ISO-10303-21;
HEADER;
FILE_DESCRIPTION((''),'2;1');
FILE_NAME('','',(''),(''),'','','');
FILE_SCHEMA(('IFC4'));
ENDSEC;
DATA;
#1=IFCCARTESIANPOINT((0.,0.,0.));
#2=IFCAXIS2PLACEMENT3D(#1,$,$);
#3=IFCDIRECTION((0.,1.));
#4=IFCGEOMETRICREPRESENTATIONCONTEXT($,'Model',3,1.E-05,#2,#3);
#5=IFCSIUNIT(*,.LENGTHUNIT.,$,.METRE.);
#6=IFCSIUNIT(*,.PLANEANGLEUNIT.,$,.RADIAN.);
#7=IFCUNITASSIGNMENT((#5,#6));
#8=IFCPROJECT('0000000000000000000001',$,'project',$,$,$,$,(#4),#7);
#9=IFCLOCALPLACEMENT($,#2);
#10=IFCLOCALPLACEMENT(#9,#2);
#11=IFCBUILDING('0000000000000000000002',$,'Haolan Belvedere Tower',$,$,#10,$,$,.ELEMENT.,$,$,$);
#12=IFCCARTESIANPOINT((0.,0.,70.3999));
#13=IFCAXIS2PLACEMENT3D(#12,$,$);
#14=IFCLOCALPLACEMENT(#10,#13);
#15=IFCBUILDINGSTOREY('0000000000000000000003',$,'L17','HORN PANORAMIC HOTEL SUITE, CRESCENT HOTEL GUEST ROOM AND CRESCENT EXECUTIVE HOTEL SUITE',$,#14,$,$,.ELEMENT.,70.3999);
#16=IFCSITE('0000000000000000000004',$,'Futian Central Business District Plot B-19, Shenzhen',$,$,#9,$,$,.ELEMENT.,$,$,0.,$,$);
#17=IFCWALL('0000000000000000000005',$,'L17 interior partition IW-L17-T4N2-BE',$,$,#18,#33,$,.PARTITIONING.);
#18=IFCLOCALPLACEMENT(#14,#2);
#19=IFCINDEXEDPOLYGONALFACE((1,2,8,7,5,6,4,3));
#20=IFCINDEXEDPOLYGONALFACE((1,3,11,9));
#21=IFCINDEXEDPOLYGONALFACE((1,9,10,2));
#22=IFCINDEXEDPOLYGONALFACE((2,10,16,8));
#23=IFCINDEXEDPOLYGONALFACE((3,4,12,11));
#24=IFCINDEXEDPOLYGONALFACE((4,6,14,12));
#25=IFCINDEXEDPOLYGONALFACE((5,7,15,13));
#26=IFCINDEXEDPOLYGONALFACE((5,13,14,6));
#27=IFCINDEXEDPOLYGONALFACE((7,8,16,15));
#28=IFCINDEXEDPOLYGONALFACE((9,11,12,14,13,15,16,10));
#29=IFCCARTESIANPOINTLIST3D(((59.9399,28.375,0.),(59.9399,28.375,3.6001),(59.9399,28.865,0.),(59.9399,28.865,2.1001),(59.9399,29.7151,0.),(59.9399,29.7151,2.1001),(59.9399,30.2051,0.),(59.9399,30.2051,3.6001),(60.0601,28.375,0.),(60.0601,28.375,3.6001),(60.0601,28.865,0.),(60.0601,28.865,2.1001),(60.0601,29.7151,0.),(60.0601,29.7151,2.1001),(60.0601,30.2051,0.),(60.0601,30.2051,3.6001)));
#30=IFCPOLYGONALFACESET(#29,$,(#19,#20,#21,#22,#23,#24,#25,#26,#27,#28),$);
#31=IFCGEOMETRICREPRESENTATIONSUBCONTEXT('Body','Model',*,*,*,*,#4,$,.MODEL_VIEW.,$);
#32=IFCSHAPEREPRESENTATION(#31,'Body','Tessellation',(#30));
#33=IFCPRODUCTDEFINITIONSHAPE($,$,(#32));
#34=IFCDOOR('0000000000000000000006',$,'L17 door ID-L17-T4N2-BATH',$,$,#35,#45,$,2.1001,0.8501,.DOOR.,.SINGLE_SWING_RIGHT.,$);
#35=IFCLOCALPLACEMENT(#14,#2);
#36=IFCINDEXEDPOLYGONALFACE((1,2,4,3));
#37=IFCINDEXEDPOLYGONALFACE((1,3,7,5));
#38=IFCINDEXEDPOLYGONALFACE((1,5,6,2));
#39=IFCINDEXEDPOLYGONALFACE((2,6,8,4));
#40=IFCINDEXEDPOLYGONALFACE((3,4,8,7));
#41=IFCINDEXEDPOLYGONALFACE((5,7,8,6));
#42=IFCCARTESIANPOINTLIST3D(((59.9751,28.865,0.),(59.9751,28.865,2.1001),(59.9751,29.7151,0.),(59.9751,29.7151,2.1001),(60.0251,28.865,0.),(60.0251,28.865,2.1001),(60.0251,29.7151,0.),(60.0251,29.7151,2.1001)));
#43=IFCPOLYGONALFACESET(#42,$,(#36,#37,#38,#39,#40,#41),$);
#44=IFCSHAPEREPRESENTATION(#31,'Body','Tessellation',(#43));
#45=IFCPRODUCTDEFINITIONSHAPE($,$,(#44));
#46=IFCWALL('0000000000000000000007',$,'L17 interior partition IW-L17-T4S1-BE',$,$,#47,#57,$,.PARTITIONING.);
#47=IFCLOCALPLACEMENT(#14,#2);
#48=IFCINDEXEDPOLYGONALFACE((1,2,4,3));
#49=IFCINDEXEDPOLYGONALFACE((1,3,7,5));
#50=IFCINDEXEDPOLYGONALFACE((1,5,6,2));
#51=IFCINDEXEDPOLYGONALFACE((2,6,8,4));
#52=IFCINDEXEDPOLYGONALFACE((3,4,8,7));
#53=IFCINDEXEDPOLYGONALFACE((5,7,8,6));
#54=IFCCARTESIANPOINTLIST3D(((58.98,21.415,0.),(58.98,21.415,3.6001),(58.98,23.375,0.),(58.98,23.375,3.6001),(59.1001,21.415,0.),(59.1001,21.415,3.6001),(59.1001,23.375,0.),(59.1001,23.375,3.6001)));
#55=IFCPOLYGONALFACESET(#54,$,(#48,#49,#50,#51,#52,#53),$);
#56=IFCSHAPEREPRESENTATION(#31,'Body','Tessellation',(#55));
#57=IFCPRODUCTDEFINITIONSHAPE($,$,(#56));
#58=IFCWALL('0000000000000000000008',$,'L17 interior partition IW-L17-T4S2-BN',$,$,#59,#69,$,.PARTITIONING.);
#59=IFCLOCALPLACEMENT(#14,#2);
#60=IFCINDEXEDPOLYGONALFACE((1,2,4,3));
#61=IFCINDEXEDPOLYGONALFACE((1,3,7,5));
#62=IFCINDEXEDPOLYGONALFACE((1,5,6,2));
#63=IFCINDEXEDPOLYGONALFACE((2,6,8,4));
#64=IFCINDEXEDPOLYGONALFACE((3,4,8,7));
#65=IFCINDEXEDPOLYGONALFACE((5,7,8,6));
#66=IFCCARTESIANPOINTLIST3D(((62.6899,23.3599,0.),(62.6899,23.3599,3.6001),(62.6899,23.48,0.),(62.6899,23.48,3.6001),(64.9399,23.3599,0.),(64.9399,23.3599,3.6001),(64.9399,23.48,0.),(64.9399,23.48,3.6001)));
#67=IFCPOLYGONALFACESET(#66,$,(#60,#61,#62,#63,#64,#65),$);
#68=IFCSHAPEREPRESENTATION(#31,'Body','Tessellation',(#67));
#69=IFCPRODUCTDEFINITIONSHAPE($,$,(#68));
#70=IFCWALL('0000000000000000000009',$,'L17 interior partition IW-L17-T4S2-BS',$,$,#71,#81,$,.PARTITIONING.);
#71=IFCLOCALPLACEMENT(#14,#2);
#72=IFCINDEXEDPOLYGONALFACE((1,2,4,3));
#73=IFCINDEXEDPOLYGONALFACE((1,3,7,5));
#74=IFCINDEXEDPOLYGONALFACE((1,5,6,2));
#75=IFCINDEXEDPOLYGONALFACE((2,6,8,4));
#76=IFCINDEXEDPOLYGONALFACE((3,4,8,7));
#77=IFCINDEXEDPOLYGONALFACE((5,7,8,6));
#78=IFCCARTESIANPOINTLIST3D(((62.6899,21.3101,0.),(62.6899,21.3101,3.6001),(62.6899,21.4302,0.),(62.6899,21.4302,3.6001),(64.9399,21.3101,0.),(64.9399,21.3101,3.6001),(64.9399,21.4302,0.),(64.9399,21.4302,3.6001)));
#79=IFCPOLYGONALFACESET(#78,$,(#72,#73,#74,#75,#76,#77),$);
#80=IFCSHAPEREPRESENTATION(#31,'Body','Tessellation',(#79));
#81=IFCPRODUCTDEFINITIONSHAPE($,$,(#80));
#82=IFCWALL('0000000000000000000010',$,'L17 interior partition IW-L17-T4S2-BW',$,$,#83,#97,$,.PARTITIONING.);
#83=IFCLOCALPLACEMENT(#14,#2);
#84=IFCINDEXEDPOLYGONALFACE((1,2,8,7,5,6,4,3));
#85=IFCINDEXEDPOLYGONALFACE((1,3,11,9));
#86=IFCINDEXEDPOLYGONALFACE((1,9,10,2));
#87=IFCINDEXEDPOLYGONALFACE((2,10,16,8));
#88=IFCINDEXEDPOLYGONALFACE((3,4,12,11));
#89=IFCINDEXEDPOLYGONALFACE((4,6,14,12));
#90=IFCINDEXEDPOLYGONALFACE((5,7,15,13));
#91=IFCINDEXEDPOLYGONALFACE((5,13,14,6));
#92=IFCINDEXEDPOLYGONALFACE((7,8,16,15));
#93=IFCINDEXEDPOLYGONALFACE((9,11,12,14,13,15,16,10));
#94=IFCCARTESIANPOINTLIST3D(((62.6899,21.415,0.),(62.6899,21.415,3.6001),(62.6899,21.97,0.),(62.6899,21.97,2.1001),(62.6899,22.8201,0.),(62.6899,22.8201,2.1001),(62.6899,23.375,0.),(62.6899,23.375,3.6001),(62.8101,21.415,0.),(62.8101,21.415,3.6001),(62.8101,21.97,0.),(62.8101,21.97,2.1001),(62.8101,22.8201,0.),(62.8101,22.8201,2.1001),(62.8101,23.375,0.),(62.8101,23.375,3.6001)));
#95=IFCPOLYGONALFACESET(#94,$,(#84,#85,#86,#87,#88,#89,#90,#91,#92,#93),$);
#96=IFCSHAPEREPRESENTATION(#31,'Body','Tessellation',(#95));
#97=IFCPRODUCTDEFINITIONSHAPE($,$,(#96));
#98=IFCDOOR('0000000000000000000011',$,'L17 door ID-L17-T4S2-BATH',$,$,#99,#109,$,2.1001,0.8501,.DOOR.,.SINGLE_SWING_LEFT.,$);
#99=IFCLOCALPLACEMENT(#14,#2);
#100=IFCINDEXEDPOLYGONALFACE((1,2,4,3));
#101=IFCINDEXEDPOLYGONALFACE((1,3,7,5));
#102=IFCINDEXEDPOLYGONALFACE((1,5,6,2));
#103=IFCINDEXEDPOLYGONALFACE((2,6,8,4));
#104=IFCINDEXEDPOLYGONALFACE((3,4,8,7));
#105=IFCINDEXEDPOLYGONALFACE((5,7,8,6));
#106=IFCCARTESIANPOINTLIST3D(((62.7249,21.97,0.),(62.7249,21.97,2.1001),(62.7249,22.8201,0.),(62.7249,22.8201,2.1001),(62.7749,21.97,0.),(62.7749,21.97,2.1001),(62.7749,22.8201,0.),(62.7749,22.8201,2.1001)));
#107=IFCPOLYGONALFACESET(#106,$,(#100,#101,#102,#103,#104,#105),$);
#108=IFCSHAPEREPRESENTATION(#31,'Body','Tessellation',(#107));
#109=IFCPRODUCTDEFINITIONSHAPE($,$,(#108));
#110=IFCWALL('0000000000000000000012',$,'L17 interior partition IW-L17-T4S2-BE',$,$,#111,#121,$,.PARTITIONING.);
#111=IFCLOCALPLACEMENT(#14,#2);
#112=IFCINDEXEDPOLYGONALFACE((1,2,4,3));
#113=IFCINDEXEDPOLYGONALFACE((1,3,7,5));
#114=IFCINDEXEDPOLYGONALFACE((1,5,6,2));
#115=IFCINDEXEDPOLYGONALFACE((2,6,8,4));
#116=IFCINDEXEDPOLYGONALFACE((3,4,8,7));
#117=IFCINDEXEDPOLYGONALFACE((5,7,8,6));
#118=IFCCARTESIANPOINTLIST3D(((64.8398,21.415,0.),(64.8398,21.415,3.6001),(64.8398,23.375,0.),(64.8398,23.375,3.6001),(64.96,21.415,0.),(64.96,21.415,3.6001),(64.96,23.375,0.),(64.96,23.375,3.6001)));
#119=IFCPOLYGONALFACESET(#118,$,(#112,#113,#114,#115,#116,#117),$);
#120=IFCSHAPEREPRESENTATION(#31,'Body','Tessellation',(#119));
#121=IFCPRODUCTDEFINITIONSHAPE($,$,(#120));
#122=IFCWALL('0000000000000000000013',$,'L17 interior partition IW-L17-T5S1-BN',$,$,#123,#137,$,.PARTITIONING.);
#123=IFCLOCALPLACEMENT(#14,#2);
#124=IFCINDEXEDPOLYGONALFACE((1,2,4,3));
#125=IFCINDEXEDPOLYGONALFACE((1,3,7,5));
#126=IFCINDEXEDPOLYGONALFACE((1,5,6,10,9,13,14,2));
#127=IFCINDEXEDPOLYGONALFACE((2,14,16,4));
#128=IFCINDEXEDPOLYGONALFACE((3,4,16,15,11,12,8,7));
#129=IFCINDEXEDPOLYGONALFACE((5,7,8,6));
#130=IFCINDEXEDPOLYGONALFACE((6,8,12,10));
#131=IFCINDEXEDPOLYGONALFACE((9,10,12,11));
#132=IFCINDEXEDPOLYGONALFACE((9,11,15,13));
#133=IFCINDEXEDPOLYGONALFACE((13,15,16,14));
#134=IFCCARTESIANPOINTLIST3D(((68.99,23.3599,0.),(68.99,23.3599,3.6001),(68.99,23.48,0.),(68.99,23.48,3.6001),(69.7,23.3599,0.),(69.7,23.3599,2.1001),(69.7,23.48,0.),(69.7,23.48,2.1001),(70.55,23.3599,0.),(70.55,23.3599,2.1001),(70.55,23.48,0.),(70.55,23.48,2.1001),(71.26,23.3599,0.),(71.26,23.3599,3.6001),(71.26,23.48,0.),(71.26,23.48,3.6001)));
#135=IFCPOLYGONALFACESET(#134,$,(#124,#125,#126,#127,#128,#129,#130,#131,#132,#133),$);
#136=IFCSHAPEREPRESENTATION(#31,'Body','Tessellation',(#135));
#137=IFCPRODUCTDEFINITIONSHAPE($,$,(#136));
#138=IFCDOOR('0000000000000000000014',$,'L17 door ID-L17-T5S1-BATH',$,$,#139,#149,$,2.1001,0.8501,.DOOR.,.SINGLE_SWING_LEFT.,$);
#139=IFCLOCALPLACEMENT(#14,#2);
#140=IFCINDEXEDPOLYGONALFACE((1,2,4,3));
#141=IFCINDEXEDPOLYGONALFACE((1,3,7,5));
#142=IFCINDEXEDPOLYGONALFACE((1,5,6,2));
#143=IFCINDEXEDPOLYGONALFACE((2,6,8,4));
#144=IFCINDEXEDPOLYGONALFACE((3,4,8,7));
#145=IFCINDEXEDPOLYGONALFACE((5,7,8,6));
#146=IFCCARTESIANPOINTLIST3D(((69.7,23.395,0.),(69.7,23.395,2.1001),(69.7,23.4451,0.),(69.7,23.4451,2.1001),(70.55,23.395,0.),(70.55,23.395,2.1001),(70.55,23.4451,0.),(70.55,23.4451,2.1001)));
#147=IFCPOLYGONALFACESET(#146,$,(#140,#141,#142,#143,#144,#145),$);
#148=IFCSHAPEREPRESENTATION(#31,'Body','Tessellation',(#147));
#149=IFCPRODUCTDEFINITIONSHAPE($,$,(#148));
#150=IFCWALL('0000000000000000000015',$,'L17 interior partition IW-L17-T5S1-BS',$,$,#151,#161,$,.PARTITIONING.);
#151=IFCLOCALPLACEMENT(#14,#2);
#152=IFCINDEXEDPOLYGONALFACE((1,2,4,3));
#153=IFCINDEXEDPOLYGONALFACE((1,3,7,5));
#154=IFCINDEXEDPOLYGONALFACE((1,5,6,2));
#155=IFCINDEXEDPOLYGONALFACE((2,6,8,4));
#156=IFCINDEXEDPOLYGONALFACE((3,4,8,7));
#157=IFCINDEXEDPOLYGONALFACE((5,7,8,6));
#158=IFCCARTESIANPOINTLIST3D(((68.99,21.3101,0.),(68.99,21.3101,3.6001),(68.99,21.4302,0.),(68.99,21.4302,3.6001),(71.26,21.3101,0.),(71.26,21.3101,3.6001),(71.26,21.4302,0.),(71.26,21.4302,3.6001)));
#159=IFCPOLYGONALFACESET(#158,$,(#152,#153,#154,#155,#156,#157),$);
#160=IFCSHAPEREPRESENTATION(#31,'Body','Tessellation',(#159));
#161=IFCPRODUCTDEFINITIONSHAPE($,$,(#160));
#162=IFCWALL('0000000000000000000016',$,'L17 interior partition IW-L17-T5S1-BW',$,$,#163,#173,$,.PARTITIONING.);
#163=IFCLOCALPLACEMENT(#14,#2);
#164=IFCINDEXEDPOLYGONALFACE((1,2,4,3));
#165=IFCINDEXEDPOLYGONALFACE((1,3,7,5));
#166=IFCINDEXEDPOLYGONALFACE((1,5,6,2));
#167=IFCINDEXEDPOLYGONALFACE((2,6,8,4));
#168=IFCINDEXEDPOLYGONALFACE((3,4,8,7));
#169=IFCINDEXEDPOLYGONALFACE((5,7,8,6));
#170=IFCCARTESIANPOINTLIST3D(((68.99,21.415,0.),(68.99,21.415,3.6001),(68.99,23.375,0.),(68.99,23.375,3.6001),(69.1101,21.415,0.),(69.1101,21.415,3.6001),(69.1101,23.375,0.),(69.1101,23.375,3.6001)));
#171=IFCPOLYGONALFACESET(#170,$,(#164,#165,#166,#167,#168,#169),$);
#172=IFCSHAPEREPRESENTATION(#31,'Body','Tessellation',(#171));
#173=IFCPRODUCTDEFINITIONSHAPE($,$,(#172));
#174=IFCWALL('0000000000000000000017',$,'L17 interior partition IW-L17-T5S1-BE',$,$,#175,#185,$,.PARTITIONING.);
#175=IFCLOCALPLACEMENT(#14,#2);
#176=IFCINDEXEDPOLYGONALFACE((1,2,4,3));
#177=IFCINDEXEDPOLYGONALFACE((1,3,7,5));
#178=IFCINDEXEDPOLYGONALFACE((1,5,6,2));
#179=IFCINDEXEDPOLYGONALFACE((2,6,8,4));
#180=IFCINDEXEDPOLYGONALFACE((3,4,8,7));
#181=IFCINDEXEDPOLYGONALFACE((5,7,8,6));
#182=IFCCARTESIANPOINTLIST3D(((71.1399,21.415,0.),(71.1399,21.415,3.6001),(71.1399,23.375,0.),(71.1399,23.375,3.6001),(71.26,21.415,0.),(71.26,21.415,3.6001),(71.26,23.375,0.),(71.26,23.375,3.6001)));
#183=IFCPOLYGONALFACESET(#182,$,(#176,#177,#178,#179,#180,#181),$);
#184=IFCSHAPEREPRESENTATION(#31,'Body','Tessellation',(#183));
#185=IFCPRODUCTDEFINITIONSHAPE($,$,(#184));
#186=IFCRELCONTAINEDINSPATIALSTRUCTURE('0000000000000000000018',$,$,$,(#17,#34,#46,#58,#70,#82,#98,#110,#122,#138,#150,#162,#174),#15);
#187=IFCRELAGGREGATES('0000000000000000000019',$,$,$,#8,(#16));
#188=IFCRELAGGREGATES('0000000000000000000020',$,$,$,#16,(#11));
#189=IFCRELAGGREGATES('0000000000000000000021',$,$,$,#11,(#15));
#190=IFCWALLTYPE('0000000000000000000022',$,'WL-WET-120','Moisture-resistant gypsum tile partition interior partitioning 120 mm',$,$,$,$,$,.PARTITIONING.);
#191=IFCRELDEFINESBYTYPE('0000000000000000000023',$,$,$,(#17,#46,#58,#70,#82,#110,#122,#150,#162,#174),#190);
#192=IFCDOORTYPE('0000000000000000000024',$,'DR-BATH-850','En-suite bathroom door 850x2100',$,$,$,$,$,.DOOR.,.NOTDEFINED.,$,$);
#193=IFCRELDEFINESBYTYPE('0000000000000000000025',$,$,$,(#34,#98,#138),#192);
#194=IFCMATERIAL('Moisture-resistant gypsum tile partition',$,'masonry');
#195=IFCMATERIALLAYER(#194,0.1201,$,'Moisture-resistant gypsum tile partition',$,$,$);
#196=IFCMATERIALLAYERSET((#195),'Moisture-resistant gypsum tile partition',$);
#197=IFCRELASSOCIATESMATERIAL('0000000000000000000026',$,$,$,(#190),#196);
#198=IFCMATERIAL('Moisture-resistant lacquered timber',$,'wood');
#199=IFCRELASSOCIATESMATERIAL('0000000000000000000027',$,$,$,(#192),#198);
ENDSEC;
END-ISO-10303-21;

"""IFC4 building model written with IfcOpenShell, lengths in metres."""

from ifc_helpers import new_model, si_unit, direction, frame, frame_2d, origin, place, context, subcontext, project, spatial, rectangle, extrude, material, layer, layer_set, type_object, element, fill, save


model = new_model("IFC4")

# Units and contexts
model_context = context("Model", 3, precision=1e-05, world=origin(), true_north=direction((0.0, 1.0)))
body_context = subcontext(model_context, "Body", "Model", "MODEL_VIEW")
ifc_project = project(units=[si_unit("LENGTHUNIT", "METRE"), si_unit("PLANEANGLEUNIT", "RADIAN")], contexts=[model_context])

# Site, building, storey
site_placement = place(None, origin())
site = spatial("IfcSite", under=ifc_project, at=site_placement, Name="Futian Central Business District Plot B-19, Shenzhen", CompositionType="ELEMENT", RefElevation=0.0)
building_placement = place(site_placement, origin())
building = spatial("IfcBuilding", under=site, at=building_placement, Name="Haolan Belvedere Tower", CompositionType="ELEMENT")
storey_placement = place(building_placement, frame((0.0, 0.0, 70.3999)))
storey = spatial("IfcBuildingStorey", under=building, at=storey_placement, Name="L17", Description="HORN PANORAMIC HOTEL SUITE, CRESCENT HOTEL GUEST ROOM AND CRESCENT EXECUTIVE HOTEL SUITE", CompositionType="ELEMENT", Elevation=70.3999)

# Wall, opening, door
ifc_material_1 = material(Name="Moisture-resistant gypsum tile partition", Category="masonry")
ifc_layer_1 = layer(ifc_material_1, 0.1201, Name="Moisture-resistant gypsum tile partition")
ifc_layer_set_1 = layer_set([ifc_layer_1], Name="Moisture-resistant gypsum tile partition")
wall_type_1 = type_object("IfcWallType", Name="WL-WET-120", Description="Moisture-resistant gypsum tile partition interior partitioning 120 mm", PredefinedType="PARTITIONING", material=ifc_layer_set_1)
wall_1_placement = place(storey_placement, frame((60.0, 28.375, 0.0), z_axis=(0.0, 0.0, 1.0), x_axis=(0.0, 1.0, 0.0)))
wall_1 = element("IfcWall", 1, at=wall_1_placement, inside=storey, type_object=wall_type_1, Name="L17 interior partition IW-L17-T4N2-BE", PredefinedType="PARTITIONING", context=body_context, shape_type="SweptSolid", body=[
    extrude(rectangle(XDim=1.8301, YDim=0.1201, at=frame_2d((0.915, 0.0))), origin(), (0.0, 0.0, 1.0), 3.6001),
])
opening_1_placement = place(wall_1_placement, frame((0.49, 0.0, 0.0)))
opening_1 = element("IfcOpeningElement", 2, at=opening_1_placement, cuts=wall_1, PredefinedType="OPENING", context=body_context, shape_type="SweptSolid", body=[
    extrude(rectangle(XDim=0.8501, YDim=2.1001, at=frame_2d((0.425, 1.05))), frame((0.0, 0.0701, 0.0), z_axis=(0.0, -1.0, 0.0), x_axis=(1.0, 0.0, 0.0)), (0.0, 0.0, 1.0), 0.1401),
])
ifc_material_2 = material(Name="Moisture-resistant lacquered timber", Category="wood")
door_type_1 = type_object("IfcDoorType", Name="DR-BATH-850", Description="En-suite bathroom door 850x2100", OperationType="NOTDEFINED", PredefinedType="DOOR", material=ifc_material_2)
door_1_placement = place(opening_1_placement, origin())
door_1 = element("IfcDoor", 3, at=door_1_placement, inside=storey, type_object=door_type_1, Name="L17 door ID-L17-T4N2-BATH", OperationType="SINGLE_SWING_RIGHT", OverallHeight=2.1001, OverallWidth=0.8501, PredefinedType="DOOR", context=body_context, shape_type="SweptSolid", body=[
    extrude(rectangle(XDim=0.8501, YDim=2.1001, at=frame_2d((0.425, 1.05))), frame((0.0, 0.0249, 0.0), z_axis=(0.0, -1.0, 0.0), x_axis=(1.0, 0.0, 0.0)), (0.0, 0.0, 1.0), 0.05),
])
fill(opening_1, door_1)

# Walls
wall_2_placement = place(storey_placement, frame((59.04, 21.415, 0.0), z_axis=(0.0, 0.0, 1.0), x_axis=(0.0, 1.0, 0.0)))
element("IfcWall", 4, at=wall_2_placement, inside=storey, type_object=wall_type_1, Name="L17 interior partition IW-L17-T4S1-BE", PredefinedType="PARTITIONING", context=body_context, shape_type="SweptSolid", body=[
    extrude(rectangle(XDim=1.96, YDim=0.1201, at=frame_2d((0.98, 0.0))), origin(), (0.0, 0.0, 1.0), 3.6001),
])
for number, where, z_axis, x_axis, name in (
    (5, (62.6899, 23.4199, 0.0), (0.0, 0.0, 1.0), (1.0, 0.0, 0.0), "L17 interior partition IW-L17-T4S2-BN"),
    (6, (62.6899, 21.3701, 0.0), (0.0, 0.0, 1.0), (1.0, 0.0, 0.0), "L17 interior partition IW-L17-T4S2-BS"),
):
    element("IfcWall", number, at=place(storey_placement, frame(where, z_axis=z_axis, x_axis=x_axis)), inside=storey, type_object=wall_type_1, Name=name, PredefinedType="PARTITIONING", context=body_context, shape_type="SweptSolid", body=[
        extrude(rectangle(XDim=2.25, YDim=0.1201, at=frame_2d((1.125, 0.0))), origin(), (0.0, 0.0, 1.0), 3.6001),
    ])

# Wall, opening, door
wall_3_placement = place(storey_placement, frame((62.75, 21.415, 0.0), z_axis=(0.0, 0.0, 1.0), x_axis=(0.0, 1.0, 0.0)))
wall_3 = element("IfcWall", 7, at=wall_3_placement, inside=storey, type_object=wall_type_1, Name="L17 interior partition IW-L17-T4S2-BW", PredefinedType="PARTITIONING", context=body_context, shape_type="SweptSolid", body=[
    extrude(rectangle(XDim=1.96, YDim=0.1201, at=frame_2d((0.98, 0.0))), origin(), (0.0, 0.0, 1.0), 3.6001),
])
opening_2_placement = place(wall_3_placement, frame((1.405, 0.0, 0.0), z_axis=(0.0, 0.0, 1.0), x_axis=(-1.0, 0.0, 0.0)))
opening_2 = element("IfcOpeningElement", 8, at=opening_2_placement, cuts=wall_3, PredefinedType="OPENING", context=body_context, shape_type="SweptSolid", body=[
    extrude(rectangle(XDim=0.8501, YDim=2.1001, at=frame_2d((0.425, 1.05))), frame((0.0, 0.0701, 0.0), z_axis=(0.0, -1.0, 0.0), x_axis=(1.0, 0.0, 0.0)), (0.0, 0.0, 1.0), 0.1401),
])
door_2_placement = place(opening_2_placement, origin())
door_2 = element("IfcDoor", 9, at=door_2_placement, inside=storey, type_object=door_type_1, Name="L17 door ID-L17-T4S2-BATH", OperationType="SINGLE_SWING_LEFT", OverallHeight=2.1001, OverallWidth=0.8501, PredefinedType="DOOR", context=body_context, shape_type="SweptSolid", body=[
    extrude(rectangle(XDim=0.8501, YDim=2.1001, at=frame_2d((0.425, 1.05))), frame((0.0, 0.0249, 0.0), z_axis=(0.0, -1.0, 0.0), x_axis=(1.0, 0.0, 0.0)), (0.0, 0.0, 1.0), 0.05),
])
fill(opening_2, door_2)

# Wall
wall_4_placement = place(storey_placement, frame((64.8999, 21.415, 0.0), z_axis=(0.0, 0.0, 1.0), x_axis=(0.0, 1.0, 0.0)))
element("IfcWall", 10, at=wall_4_placement, inside=storey, type_object=wall_type_1, Name="L17 interior partition IW-L17-T4S2-BE", PredefinedType="PARTITIONING", context=body_context, shape_type="SweptSolid", body=[
    extrude(rectangle(XDim=1.96, YDim=0.1201, at=frame_2d((0.98, 0.0))), origin(), (0.0, 0.0, 1.0), 3.6001),
])

# Wall, opening, door
wall_5_placement = place(storey_placement, frame((68.99, 23.4199, 0.0), z_axis=(0.0, 0.0, 1.0), x_axis=(1.0, 0.0, 0.0)))
wall_5 = element("IfcWall", 11, at=wall_5_placement, inside=storey, type_object=wall_type_1, Name="L17 interior partition IW-L17-T5S1-BN", PredefinedType="PARTITIONING", context=body_context, shape_type="SweptSolid", body=[
    extrude(rectangle(XDim=2.27, YDim=0.1201, at=frame_2d((1.135, 0.0))), origin(), (0.0, 0.0, 1.0), 3.6001),
])
opening_3_placement = place(wall_5_placement, frame((1.5601, 0.0, 0.0), z_axis=(0.0, 0.0, 1.0), x_axis=(-1.0, 0.0, 0.0)))
opening_3 = element("IfcOpeningElement", 12, at=opening_3_placement, cuts=wall_5, PredefinedType="OPENING", context=body_context, shape_type="SweptSolid", body=[
    extrude(rectangle(XDim=0.8501, YDim=2.1001, at=frame_2d((0.425, 1.05))), frame((0.0, 0.0701, 0.0), z_axis=(0.0, -1.0, 0.0), x_axis=(1.0, 0.0, 0.0)), (0.0, 0.0, 1.0), 0.1401),
])
door_3_placement = place(opening_3_placement, origin())
door_3 = element("IfcDoor", 13, at=door_3_placement, inside=storey, type_object=door_type_1, Name="L17 door ID-L17-T5S1-BATH", OperationType="SINGLE_SWING_LEFT", OverallHeight=2.1001, OverallWidth=0.8501, PredefinedType="DOOR", context=body_context, shape_type="SweptSolid", body=[
    extrude(rectangle(XDim=0.8501, YDim=2.1001, at=frame_2d((0.425, 1.05))), frame((0.0, 0.0249, 0.0), z_axis=(0.0, -1.0, 0.0), x_axis=(1.0, 0.0, 0.0)), (0.0, 0.0, 1.0), 0.05),
])
fill(opening_3, door_3)

# Walls
wall_6_placement = place(storey_placement, frame((68.99, 21.3701, 0.0), z_axis=(0.0, 0.0, 1.0), x_axis=(1.0, 0.0, 0.0)))
element("IfcWall", 14, at=wall_6_placement, inside=storey, type_object=wall_type_1, Name="L17 interior partition IW-L17-T5S1-BS", PredefinedType="PARTITIONING", context=body_context, shape_type="SweptSolid", body=[
    extrude(rectangle(XDim=2.27, YDim=0.1201, at=frame_2d((1.135, 0.0))), origin(), (0.0, 0.0, 1.0), 3.6001),
])
for number, where, z_axis, x_axis, name in (
    (15, (69.05, 21.415, 0.0), (0.0, 0.0, 1.0), (0.0, 1.0, 0.0), "L17 interior partition IW-L17-T5S1-BW"),
    (16, (71.2, 21.415, 0.0), (0.0, 0.0, 1.0), (0.0, 1.0, 0.0), "L17 interior partition IW-L17-T5S1-BE"),
):
    element("IfcWall", number, at=place(storey_placement, frame(where, z_axis=z_axis, x_axis=x_axis)), inside=storey, type_object=wall_type_1, Name=name, PredefinedType="PARTITIONING", context=body_context, shape_type="SweptSolid", body=[
        extrude(rectangle(XDim=1.96, YDim=0.1201, at=frame_2d((0.98, 0.0))), origin(), (0.0, 0.0, 1.0), 3.6001),
    ])

save(model, "model.ifc")
